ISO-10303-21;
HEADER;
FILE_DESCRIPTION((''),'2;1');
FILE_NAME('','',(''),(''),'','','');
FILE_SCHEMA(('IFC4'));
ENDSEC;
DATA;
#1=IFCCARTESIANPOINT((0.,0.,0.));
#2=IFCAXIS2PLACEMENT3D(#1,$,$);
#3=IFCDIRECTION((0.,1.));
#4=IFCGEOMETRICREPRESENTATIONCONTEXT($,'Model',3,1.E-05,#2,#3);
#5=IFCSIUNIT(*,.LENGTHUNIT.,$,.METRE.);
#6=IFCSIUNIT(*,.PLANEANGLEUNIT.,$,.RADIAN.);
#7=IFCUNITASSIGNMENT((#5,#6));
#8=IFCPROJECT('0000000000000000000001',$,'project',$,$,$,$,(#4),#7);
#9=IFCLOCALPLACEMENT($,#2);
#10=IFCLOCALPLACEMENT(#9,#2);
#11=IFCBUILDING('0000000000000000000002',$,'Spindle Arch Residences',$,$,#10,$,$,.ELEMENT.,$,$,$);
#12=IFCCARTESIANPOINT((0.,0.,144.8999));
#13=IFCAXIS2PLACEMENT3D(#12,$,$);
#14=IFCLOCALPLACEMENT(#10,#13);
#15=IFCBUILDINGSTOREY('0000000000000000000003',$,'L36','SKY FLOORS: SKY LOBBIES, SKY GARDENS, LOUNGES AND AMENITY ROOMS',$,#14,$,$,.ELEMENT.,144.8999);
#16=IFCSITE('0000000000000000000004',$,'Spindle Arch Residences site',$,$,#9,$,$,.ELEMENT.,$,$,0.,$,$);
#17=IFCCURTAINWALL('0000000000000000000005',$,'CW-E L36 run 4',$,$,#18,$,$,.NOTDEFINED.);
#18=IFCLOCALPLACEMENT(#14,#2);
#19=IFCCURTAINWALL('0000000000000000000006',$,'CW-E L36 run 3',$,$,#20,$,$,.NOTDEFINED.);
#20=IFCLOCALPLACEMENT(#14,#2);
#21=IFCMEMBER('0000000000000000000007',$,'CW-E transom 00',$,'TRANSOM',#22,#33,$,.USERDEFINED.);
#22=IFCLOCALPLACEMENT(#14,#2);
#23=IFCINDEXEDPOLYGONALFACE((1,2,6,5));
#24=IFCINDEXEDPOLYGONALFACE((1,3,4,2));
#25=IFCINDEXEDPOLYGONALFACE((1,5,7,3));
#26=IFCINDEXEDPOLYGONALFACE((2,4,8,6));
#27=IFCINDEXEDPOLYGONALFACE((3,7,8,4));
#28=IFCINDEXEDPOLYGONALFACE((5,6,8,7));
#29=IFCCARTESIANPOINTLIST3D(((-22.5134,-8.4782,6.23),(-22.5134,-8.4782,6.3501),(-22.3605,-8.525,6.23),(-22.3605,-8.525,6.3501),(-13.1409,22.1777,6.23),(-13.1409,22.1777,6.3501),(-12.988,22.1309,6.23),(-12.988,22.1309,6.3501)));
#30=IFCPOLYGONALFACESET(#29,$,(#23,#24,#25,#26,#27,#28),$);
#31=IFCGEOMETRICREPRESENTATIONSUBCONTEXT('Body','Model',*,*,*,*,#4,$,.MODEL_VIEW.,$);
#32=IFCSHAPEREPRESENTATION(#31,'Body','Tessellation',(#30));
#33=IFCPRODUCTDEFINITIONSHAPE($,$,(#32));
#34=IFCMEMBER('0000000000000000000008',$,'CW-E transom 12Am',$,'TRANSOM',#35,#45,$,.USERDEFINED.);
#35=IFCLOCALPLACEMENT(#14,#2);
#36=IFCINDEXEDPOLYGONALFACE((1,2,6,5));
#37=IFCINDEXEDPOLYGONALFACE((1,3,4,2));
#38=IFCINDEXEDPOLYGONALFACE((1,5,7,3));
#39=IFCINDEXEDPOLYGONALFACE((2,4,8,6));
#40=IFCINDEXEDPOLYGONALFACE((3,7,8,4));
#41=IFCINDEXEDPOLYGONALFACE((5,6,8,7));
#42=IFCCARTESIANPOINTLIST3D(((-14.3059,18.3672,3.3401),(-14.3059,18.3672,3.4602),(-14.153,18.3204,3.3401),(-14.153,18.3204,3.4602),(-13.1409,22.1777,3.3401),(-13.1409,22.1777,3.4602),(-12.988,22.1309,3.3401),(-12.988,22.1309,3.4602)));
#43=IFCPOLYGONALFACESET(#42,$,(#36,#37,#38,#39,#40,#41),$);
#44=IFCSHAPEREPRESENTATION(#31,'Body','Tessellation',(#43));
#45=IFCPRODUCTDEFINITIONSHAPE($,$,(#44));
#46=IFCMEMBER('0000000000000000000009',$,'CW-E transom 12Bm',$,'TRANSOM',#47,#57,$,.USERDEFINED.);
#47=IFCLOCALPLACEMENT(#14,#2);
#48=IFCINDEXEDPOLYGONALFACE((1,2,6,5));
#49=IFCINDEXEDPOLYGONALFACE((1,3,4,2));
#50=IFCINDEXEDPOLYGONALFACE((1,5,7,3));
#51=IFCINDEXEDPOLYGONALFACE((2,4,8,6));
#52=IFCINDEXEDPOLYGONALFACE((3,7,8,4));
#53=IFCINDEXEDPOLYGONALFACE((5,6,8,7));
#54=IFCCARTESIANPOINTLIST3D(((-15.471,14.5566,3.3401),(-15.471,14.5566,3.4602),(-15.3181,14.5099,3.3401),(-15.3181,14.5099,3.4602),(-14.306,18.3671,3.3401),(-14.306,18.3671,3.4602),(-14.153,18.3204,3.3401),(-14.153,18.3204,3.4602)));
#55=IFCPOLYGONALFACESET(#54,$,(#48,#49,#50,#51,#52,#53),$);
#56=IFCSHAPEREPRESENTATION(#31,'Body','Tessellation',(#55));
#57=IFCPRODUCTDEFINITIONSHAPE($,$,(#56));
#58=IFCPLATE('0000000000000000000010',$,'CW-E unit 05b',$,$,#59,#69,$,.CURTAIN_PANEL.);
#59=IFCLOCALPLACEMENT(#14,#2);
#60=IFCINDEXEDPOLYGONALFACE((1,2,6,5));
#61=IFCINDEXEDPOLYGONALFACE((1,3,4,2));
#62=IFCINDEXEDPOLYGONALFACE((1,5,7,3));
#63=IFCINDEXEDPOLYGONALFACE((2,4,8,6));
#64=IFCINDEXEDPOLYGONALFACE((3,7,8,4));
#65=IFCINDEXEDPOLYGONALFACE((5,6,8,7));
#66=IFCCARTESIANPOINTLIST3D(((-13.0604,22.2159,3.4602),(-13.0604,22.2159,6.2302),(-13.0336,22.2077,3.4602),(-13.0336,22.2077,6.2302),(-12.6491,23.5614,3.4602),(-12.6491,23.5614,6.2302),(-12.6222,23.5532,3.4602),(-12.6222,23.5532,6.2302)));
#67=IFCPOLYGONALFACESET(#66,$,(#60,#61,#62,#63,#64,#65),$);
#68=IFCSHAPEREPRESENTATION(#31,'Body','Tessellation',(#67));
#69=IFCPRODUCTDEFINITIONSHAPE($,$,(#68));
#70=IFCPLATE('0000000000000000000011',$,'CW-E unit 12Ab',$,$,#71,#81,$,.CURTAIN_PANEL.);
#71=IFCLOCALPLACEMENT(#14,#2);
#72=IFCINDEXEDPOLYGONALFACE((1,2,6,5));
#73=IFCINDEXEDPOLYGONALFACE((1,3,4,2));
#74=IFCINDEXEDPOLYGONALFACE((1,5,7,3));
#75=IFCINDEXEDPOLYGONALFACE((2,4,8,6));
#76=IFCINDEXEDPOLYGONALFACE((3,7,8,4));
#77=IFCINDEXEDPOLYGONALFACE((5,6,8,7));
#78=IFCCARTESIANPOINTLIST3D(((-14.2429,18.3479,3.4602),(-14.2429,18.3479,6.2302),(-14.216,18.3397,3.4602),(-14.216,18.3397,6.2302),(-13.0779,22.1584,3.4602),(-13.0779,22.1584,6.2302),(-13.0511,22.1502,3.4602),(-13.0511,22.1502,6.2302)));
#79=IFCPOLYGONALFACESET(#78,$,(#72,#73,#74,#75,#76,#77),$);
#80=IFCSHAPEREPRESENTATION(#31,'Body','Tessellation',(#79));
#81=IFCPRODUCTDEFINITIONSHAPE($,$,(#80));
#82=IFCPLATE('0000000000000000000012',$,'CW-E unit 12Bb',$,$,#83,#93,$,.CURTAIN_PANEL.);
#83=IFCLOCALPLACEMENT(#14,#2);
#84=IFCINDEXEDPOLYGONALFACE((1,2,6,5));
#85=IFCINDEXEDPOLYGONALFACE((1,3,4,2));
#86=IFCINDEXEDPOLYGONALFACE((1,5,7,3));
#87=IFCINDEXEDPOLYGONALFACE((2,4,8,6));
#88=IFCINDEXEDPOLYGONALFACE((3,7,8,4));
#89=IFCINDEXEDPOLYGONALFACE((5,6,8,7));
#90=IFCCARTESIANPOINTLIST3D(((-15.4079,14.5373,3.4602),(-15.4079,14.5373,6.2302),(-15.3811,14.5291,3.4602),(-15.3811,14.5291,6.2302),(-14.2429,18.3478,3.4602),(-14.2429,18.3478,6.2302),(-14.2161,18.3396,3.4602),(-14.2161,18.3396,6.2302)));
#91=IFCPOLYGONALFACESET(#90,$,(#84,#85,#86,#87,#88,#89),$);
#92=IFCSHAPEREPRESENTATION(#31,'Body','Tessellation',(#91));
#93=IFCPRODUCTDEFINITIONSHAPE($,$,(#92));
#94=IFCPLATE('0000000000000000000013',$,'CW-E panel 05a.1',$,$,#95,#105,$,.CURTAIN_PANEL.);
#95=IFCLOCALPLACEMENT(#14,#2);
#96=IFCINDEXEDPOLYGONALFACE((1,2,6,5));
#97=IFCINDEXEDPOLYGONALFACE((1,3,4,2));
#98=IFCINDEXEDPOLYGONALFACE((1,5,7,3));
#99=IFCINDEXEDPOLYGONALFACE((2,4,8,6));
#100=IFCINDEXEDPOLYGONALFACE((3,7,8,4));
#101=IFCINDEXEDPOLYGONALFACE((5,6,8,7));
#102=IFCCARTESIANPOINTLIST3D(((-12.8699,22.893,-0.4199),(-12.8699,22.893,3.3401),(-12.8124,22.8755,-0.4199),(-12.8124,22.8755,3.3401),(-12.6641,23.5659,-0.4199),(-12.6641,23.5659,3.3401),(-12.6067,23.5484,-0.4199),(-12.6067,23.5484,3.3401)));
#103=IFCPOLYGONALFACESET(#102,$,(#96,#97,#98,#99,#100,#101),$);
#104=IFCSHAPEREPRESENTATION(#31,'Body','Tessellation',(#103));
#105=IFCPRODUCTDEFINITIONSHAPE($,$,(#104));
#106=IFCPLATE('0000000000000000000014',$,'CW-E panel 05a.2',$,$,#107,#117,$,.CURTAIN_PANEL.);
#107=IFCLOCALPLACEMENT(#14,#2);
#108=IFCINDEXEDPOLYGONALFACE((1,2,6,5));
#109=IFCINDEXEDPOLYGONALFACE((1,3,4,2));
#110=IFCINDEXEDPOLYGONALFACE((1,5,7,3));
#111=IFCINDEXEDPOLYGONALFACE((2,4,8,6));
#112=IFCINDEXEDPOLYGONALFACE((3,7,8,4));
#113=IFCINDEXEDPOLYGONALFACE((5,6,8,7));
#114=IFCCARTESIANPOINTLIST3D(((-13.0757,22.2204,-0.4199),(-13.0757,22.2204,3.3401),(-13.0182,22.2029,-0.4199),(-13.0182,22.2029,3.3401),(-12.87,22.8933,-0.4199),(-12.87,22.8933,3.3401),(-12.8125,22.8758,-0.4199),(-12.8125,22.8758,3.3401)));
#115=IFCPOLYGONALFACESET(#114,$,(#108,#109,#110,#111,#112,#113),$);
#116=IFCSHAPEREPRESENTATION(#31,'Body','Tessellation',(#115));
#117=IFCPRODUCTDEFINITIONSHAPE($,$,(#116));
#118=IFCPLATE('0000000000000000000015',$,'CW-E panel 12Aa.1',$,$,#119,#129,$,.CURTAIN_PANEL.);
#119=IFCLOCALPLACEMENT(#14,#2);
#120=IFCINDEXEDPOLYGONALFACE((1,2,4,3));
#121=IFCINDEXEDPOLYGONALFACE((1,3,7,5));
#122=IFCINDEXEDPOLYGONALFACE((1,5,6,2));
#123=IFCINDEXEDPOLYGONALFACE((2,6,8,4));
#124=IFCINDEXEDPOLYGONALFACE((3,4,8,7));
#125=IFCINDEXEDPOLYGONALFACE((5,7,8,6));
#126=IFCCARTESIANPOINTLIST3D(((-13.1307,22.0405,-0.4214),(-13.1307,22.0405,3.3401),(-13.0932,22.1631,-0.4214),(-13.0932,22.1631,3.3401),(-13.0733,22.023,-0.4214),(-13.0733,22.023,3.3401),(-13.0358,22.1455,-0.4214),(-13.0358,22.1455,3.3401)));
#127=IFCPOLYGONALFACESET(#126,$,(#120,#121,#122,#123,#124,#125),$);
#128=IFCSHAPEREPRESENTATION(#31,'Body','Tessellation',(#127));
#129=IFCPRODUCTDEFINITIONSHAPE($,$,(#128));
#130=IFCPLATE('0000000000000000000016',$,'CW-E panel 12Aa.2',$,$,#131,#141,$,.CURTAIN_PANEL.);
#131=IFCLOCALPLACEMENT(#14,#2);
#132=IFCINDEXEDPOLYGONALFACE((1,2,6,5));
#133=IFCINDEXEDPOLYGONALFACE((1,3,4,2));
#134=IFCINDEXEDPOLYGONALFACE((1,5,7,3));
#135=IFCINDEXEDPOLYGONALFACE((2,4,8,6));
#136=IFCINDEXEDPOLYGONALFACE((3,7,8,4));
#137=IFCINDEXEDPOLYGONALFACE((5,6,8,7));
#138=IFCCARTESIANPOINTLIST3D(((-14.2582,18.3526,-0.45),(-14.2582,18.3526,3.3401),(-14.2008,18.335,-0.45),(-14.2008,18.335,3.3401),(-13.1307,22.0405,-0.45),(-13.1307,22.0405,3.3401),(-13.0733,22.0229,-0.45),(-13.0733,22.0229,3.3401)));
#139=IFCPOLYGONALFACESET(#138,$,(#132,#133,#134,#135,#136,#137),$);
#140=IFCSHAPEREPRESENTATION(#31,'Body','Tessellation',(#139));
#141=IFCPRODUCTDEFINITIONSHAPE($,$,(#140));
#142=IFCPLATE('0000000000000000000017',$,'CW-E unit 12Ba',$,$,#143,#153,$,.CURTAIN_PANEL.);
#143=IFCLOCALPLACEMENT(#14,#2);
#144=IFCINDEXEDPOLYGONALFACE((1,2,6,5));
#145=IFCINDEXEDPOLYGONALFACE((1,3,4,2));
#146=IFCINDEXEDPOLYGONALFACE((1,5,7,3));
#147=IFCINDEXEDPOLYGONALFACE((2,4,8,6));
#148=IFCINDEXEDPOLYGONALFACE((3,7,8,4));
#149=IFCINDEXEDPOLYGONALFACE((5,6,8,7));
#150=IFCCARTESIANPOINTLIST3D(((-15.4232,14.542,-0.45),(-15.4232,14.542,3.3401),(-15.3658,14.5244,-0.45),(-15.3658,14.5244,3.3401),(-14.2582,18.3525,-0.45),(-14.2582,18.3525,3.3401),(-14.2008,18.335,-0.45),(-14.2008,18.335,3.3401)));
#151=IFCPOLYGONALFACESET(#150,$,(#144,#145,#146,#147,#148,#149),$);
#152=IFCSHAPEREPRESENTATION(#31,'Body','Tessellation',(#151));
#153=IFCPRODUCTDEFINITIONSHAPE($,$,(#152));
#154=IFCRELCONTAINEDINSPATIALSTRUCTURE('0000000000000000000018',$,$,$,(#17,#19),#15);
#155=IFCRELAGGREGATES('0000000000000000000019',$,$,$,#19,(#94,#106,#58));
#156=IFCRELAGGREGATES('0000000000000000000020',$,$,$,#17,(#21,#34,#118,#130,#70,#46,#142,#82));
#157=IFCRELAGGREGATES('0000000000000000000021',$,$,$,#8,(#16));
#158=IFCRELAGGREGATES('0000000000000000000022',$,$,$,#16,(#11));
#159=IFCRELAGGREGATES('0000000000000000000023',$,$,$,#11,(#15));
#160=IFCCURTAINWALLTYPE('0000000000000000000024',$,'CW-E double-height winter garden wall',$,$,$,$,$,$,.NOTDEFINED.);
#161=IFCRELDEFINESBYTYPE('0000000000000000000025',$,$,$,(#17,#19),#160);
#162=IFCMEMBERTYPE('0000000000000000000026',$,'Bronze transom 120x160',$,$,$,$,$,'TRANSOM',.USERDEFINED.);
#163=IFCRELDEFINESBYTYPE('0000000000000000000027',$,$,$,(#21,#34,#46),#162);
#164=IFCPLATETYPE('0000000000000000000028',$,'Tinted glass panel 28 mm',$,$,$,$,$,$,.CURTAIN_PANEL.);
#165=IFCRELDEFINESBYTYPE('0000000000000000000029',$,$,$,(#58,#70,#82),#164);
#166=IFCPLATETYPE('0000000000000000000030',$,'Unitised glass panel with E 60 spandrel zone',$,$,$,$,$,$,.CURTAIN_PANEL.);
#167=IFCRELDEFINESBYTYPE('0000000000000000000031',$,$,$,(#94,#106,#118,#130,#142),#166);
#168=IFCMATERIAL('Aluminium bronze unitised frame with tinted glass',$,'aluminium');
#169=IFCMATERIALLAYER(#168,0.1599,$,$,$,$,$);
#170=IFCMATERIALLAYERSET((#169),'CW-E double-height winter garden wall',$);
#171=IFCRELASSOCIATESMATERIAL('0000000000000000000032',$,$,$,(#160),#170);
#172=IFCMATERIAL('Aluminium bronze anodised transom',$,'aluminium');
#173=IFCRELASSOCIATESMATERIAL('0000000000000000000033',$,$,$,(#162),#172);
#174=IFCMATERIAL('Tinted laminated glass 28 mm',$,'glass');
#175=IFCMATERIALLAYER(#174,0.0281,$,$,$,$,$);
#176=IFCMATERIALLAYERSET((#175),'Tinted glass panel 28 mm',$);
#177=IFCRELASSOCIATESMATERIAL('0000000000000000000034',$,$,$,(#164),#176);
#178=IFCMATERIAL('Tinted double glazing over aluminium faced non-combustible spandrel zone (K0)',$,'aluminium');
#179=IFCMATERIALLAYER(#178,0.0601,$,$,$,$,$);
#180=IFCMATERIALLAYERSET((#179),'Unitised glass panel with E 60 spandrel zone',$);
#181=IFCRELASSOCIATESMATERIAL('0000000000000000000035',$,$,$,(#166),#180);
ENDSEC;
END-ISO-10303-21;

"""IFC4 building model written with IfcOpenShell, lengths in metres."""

from ifc_helpers import new_model, si_unit, direction, frame, origin, origin_2d, place, context, subcontext, project, spatial, rectangle, extrude, material, layer, layer_set, material_profile, profile_set, type_object, element, aggregate, save


model = new_model("IFC4")

# Units and contexts
model_context = context("Model", 3, precision=1e-05, world=origin(), true_north=direction((0.0, 1.0)))
body_context = subcontext(model_context, "Body", "Model", "MODEL_VIEW")
ifc_project = project(units=[si_unit("LENGTHUNIT", "METRE"), si_unit("PLANEANGLEUNIT", "RADIAN")], contexts=[model_context])

# Site, building, storey
site_placement = place(None, origin())
site = spatial("IfcSite", under=ifc_project, at=site_placement, Name="Spindle Arch Residences site", CompositionType="ELEMENT", RefElevation=0.0)
building_placement = place(site_placement, origin())
building = spatial("IfcBuilding", under=site, at=building_placement, Name="Spindle Arch Residences", CompositionType="ELEMENT")
storey_placement = place(building_placement, frame((0.0, 0.0, 144.8999)))
storey = spatial("IfcBuildingStorey", under=building, at=storey_placement, Name="L36", Description="SKY FLOORS: SKY LOBBIES, SKY GARDENS, LOUNGES AND AMENITY ROOMS", CompositionType="ELEMENT", Elevation=144.8999)

# Curtain wall
ifc_material_1 = material(Name="Aluminium bronze unitised frame with tinted glass", Category="aluminium")
ifc_layer_1 = layer(ifc_material_1, 0.1599)
ifc_layer_set_1 = layer_set([ifc_layer_1], Name="CW-E double-height winter garden wall")
curtain_wall_type = type_object("IfcCurtainWallType", Name="CW-E double-height winter garden wall", PredefinedType="NOTDEFINED", material=ifc_layer_set_1)
curtain_wall_1_placement = place(storey_placement, origin())
curtain_wall_1 = element("IfcCurtainWall", 1, at=curtain_wall_1_placement, inside=storey, type_object=curtain_wall_type, Name="CW-E L36 run 4", PredefinedType="NOTDEFINED")

# Curtain wall
curtain_wall_2_placement = place(storey_placement, origin())
curtain_wall_2 = element("IfcCurtainWall", 2, at=curtain_wall_2_placement, inside=storey, type_object=curtain_wall_type, Name="CW-E L36 run 3", PredefinedType="NOTDEFINED")
ifc_material_2 = material(Name="Aluminium bronze anodised transom", Category="aluminium")
ifc_material_profile_1 = material_profile(ifc_material_2, rectangle(XDim=0.1599, YDim=0.1201, at=origin_2d()), Name="TR 120x160")
ifc_profile_set_1 = profile_set([ifc_material_profile_1], Name="Aluminium bronze anodised transom")
member_type_1 = type_object("IfcMemberType", Name="Bronze transom 120x160", ElementType="TRANSOM", PredefinedType="USERDEFINED", material=ifc_profile_set_1)

# Members
member_1_placement = place(storey_placement, frame((-13.0645, 22.1543, 6.29), z_axis=(-0.292374, -0.956304, 0.0), x_axis=(0.956304, -0.292374, 0.0)))
member_1 = element("IfcMember", 3, at=member_1_placement, type_object=member_type_1, Name="CW-E transom 00", ObjectType="TRANSOM", PredefinedType="USERDEFINED", context=body_context, shape_type="SweptSolid", body=[
    extrude(rectangle(XDim=0.1599, YDim=0.1201, at=origin_2d()), origin(), (0.0, 0.0, 1.0), 32.0566),
])
member_2_placement = place(storey_placement, frame((-13.0645, 22.1543, 3.4001), z_axis=(-0.29238, -0.956302, 0.0), x_axis=(0.956302, -0.29238, 0.0)))
member_2 = element("IfcMember", 4, at=member_2_placement, type_object=member_type_1, Name="CW-E transom 12Am", ObjectType="TRANSOM", PredefinedType="USERDEFINED", context=body_context, shape_type="SweptSolid", body=[
    extrude(rectangle(XDim=0.1599, YDim=0.1201, at=origin_2d()), origin(), (0.0, 0.0, 1.0), 3.9846),
])
member_3_placement = place(storey_placement, frame((-14.2295, 18.3438, 3.4001), z_axis=(-0.29238, -0.956302, 0.0), x_axis=(0.956302, -0.29238, 0.0)))
member_3 = element("IfcMember", 5, at=member_3_placement, type_object=member_type_1, Name="CW-E transom 12Bm", ObjectType="TRANSOM", PredefinedType="USERDEFINED", context=body_context, shape_type="SweptSolid", body=[
    extrude(rectangle(XDim=0.1599, YDim=0.1201, at=origin_2d()), origin(), (0.0, 0.0, 1.0), 3.9846),
])

# Plates
ifc_material_3 = material(Name="Tinted laminated glass 28 mm", Category="glass")
ifc_layer_2 = layer(ifc_material_3, 0.0281)
ifc_layer_set_2 = layer_set([ifc_layer_2], Name="Tinted glass panel 28 mm")
plate_type_1 = type_object("IfcPlateType", Name="Tinted glass panel 28 mm", PredefinedType="CURTAIN_PANEL", material=ifc_layer_set_2)
plate_1_placement = place(storey_placement, frame((-12.8413, 22.8845, 3.4602), z_axis=(0.0, 0.0, 1.0), x_axis=(-0.292372, -0.956305, 0.0)))
plate_1 = element("IfcPlate", 6, at=plate_1_placement, type_object=plate_type_1, Name="CW-E unit 05b", PredefinedType="CURTAIN_PANEL", context=body_context, shape_type="SweptSolid", body=[
    extrude(rectangle(XDim=1.407, YDim=0.0281, at=origin_2d()), origin(), (0.0, 0.0, 1.0), 2.77),
])
plate_2_placement = place(storey_placement, frame((-13.647, 20.249, 3.4602), z_axis=(0.0, 0.0, 1.0), x_axis=(-0.292372, -0.956305, 0.0)))
plate_2 = element("IfcPlate", 7, at=plate_2_placement, type_object=plate_type_1, Name="CW-E unit 12Ab", PredefinedType="CURTAIN_PANEL", context=body_context, shape_type="SweptSolid", body=[
    extrude(rectangle(XDim=3.9846, YDim=0.0281, at=origin_2d()), origin(), (0.0, 0.0, 1.0), 2.77),
])
plate_3_placement = place(storey_placement, frame((-14.812, 16.4385, 3.4602), z_axis=(0.0, 0.0, 1.0), x_axis=(-0.292372, -0.956305, 0.0)))
plate_3 = element("IfcPlate", 8, at=plate_3_placement, type_object=plate_type_1, Name="CW-E unit 12Bb", PredefinedType="CURTAIN_PANEL", context=body_context, shape_type="SweptSolid", body=[
    extrude(rectangle(XDim=3.9846, YDim=0.0281, at=origin_2d()), origin(), (0.0, 0.0, 1.0), 2.77),
])
ifc_material_4 = material(Name="Tinted double glazing over aluminium faced non-combustible spandrel zone (K0)", Category="aluminium")
ifc_layer_3 = layer(ifc_material_4, 0.0601)
ifc_layer_set_3 = layer_set([ifc_layer_3], Name="Unitised glass panel with E 60 spandrel zone")
plate_type_2 = type_object("IfcPlateType", Name="Unitised glass panel with E 60 spandrel zone", PredefinedType="CURTAIN_PANEL", material=ifc_layer_set_3)
plate_4_placement = place(storey_placement, frame((-12.7383, 23.2207, -0.4199), z_axis=(0.0, 0.0, 1.0), x_axis=(-0.292372, -0.956305, 0.0)))
plate_4 = element("IfcPlate", 9, at=plate_4_placement, type_object=plate_type_2, Name="CW-E panel 05a.1", PredefinedType="CURTAIN_PANEL", context=body_context, shape_type="SweptSolid", body=[
    extrude(rectangle(XDim=0.7036, YDim=0.0601, at=origin_2d()), origin(), (0.0, 0.0, 1.0), 3.76),
])
plate_5_placement = place(storey_placement, frame((-12.9441, 22.5481, -0.4199), z_axis=(0.0, 0.0, 1.0), x_axis=(-0.292372, -0.956305, 0.0)))
plate_5 = element("IfcPlate", 10, at=plate_5_placement, type_object=plate_type_2, Name="CW-E panel 05a.2", PredefinedType="CURTAIN_PANEL", context=body_context, shape_type="SweptSolid", body=[
    extrude(rectangle(XDim=0.7036, YDim=0.0601, at=origin_2d()), origin(), (0.0, 0.0, 1.0), 3.76),
])
aggregate(curtain_wall_2, [plate_4, plate_5, plate_1])
plate_6_placement = place(storey_placement, frame((-13.0833, 22.093, -0.4214), z_axis=(0.0, 0.0, 1.0), x_axis=(-0.292372, -0.956305, 0.0)))
plate_6 = element("IfcPlate", 11, at=plate_6_placement, type_object=plate_type_2, Name="CW-E panel 12Aa.1", PredefinedType="CURTAIN_PANEL", context=body_context, shape_type="SweptSolid", body=[
    extrude(rectangle(XDim=0.1282, YDim=0.0601, at=origin_2d()), origin(), (0.0, 0.0, 1.0), 3.7615),
])
plate_7_placement = place(storey_placement, frame((-13.6658, 20.1877, -0.45), z_axis=(0.0, 0.0, 1.0), x_axis=(-0.292372, -0.956305, 0.0)))
plate_7 = element("IfcPlate", 12, at=plate_7_placement, type_object=plate_type_2, Name="CW-E panel 12Aa.2", PredefinedType="CURTAIN_PANEL", context=body_context, shape_type="SweptSolid", body=[
    extrude(rectangle(XDim=3.8564, YDim=0.0601, at=origin_2d()), origin(), (0.0, 0.0, 1.0), 3.79),
])
plate_8_placement = place(storey_placement, frame((-14.812, 16.4385, -0.45), z_axis=(0.0, 0.0, 1.0), x_axis=(-0.292372, -0.956305, 0.0)))
plate_8 = element("IfcPlate", 13, at=plate_8_placement, type_object=plate_type_2, Name="CW-E unit 12Ba", PredefinedType="CURTAIN_PANEL", context=body_context, shape_type="SweptSolid", body=[
    extrude(rectangle(XDim=3.9846, YDim=0.0601, at=origin_2d()), origin(), (0.0, 0.0, 1.0), 3.79),
])
aggregate(curtain_wall_1, [member_1, member_2, plate_6, plate_7, plate_2, member_3, plate_8, plate_3])

save(model, "model.ifc")
